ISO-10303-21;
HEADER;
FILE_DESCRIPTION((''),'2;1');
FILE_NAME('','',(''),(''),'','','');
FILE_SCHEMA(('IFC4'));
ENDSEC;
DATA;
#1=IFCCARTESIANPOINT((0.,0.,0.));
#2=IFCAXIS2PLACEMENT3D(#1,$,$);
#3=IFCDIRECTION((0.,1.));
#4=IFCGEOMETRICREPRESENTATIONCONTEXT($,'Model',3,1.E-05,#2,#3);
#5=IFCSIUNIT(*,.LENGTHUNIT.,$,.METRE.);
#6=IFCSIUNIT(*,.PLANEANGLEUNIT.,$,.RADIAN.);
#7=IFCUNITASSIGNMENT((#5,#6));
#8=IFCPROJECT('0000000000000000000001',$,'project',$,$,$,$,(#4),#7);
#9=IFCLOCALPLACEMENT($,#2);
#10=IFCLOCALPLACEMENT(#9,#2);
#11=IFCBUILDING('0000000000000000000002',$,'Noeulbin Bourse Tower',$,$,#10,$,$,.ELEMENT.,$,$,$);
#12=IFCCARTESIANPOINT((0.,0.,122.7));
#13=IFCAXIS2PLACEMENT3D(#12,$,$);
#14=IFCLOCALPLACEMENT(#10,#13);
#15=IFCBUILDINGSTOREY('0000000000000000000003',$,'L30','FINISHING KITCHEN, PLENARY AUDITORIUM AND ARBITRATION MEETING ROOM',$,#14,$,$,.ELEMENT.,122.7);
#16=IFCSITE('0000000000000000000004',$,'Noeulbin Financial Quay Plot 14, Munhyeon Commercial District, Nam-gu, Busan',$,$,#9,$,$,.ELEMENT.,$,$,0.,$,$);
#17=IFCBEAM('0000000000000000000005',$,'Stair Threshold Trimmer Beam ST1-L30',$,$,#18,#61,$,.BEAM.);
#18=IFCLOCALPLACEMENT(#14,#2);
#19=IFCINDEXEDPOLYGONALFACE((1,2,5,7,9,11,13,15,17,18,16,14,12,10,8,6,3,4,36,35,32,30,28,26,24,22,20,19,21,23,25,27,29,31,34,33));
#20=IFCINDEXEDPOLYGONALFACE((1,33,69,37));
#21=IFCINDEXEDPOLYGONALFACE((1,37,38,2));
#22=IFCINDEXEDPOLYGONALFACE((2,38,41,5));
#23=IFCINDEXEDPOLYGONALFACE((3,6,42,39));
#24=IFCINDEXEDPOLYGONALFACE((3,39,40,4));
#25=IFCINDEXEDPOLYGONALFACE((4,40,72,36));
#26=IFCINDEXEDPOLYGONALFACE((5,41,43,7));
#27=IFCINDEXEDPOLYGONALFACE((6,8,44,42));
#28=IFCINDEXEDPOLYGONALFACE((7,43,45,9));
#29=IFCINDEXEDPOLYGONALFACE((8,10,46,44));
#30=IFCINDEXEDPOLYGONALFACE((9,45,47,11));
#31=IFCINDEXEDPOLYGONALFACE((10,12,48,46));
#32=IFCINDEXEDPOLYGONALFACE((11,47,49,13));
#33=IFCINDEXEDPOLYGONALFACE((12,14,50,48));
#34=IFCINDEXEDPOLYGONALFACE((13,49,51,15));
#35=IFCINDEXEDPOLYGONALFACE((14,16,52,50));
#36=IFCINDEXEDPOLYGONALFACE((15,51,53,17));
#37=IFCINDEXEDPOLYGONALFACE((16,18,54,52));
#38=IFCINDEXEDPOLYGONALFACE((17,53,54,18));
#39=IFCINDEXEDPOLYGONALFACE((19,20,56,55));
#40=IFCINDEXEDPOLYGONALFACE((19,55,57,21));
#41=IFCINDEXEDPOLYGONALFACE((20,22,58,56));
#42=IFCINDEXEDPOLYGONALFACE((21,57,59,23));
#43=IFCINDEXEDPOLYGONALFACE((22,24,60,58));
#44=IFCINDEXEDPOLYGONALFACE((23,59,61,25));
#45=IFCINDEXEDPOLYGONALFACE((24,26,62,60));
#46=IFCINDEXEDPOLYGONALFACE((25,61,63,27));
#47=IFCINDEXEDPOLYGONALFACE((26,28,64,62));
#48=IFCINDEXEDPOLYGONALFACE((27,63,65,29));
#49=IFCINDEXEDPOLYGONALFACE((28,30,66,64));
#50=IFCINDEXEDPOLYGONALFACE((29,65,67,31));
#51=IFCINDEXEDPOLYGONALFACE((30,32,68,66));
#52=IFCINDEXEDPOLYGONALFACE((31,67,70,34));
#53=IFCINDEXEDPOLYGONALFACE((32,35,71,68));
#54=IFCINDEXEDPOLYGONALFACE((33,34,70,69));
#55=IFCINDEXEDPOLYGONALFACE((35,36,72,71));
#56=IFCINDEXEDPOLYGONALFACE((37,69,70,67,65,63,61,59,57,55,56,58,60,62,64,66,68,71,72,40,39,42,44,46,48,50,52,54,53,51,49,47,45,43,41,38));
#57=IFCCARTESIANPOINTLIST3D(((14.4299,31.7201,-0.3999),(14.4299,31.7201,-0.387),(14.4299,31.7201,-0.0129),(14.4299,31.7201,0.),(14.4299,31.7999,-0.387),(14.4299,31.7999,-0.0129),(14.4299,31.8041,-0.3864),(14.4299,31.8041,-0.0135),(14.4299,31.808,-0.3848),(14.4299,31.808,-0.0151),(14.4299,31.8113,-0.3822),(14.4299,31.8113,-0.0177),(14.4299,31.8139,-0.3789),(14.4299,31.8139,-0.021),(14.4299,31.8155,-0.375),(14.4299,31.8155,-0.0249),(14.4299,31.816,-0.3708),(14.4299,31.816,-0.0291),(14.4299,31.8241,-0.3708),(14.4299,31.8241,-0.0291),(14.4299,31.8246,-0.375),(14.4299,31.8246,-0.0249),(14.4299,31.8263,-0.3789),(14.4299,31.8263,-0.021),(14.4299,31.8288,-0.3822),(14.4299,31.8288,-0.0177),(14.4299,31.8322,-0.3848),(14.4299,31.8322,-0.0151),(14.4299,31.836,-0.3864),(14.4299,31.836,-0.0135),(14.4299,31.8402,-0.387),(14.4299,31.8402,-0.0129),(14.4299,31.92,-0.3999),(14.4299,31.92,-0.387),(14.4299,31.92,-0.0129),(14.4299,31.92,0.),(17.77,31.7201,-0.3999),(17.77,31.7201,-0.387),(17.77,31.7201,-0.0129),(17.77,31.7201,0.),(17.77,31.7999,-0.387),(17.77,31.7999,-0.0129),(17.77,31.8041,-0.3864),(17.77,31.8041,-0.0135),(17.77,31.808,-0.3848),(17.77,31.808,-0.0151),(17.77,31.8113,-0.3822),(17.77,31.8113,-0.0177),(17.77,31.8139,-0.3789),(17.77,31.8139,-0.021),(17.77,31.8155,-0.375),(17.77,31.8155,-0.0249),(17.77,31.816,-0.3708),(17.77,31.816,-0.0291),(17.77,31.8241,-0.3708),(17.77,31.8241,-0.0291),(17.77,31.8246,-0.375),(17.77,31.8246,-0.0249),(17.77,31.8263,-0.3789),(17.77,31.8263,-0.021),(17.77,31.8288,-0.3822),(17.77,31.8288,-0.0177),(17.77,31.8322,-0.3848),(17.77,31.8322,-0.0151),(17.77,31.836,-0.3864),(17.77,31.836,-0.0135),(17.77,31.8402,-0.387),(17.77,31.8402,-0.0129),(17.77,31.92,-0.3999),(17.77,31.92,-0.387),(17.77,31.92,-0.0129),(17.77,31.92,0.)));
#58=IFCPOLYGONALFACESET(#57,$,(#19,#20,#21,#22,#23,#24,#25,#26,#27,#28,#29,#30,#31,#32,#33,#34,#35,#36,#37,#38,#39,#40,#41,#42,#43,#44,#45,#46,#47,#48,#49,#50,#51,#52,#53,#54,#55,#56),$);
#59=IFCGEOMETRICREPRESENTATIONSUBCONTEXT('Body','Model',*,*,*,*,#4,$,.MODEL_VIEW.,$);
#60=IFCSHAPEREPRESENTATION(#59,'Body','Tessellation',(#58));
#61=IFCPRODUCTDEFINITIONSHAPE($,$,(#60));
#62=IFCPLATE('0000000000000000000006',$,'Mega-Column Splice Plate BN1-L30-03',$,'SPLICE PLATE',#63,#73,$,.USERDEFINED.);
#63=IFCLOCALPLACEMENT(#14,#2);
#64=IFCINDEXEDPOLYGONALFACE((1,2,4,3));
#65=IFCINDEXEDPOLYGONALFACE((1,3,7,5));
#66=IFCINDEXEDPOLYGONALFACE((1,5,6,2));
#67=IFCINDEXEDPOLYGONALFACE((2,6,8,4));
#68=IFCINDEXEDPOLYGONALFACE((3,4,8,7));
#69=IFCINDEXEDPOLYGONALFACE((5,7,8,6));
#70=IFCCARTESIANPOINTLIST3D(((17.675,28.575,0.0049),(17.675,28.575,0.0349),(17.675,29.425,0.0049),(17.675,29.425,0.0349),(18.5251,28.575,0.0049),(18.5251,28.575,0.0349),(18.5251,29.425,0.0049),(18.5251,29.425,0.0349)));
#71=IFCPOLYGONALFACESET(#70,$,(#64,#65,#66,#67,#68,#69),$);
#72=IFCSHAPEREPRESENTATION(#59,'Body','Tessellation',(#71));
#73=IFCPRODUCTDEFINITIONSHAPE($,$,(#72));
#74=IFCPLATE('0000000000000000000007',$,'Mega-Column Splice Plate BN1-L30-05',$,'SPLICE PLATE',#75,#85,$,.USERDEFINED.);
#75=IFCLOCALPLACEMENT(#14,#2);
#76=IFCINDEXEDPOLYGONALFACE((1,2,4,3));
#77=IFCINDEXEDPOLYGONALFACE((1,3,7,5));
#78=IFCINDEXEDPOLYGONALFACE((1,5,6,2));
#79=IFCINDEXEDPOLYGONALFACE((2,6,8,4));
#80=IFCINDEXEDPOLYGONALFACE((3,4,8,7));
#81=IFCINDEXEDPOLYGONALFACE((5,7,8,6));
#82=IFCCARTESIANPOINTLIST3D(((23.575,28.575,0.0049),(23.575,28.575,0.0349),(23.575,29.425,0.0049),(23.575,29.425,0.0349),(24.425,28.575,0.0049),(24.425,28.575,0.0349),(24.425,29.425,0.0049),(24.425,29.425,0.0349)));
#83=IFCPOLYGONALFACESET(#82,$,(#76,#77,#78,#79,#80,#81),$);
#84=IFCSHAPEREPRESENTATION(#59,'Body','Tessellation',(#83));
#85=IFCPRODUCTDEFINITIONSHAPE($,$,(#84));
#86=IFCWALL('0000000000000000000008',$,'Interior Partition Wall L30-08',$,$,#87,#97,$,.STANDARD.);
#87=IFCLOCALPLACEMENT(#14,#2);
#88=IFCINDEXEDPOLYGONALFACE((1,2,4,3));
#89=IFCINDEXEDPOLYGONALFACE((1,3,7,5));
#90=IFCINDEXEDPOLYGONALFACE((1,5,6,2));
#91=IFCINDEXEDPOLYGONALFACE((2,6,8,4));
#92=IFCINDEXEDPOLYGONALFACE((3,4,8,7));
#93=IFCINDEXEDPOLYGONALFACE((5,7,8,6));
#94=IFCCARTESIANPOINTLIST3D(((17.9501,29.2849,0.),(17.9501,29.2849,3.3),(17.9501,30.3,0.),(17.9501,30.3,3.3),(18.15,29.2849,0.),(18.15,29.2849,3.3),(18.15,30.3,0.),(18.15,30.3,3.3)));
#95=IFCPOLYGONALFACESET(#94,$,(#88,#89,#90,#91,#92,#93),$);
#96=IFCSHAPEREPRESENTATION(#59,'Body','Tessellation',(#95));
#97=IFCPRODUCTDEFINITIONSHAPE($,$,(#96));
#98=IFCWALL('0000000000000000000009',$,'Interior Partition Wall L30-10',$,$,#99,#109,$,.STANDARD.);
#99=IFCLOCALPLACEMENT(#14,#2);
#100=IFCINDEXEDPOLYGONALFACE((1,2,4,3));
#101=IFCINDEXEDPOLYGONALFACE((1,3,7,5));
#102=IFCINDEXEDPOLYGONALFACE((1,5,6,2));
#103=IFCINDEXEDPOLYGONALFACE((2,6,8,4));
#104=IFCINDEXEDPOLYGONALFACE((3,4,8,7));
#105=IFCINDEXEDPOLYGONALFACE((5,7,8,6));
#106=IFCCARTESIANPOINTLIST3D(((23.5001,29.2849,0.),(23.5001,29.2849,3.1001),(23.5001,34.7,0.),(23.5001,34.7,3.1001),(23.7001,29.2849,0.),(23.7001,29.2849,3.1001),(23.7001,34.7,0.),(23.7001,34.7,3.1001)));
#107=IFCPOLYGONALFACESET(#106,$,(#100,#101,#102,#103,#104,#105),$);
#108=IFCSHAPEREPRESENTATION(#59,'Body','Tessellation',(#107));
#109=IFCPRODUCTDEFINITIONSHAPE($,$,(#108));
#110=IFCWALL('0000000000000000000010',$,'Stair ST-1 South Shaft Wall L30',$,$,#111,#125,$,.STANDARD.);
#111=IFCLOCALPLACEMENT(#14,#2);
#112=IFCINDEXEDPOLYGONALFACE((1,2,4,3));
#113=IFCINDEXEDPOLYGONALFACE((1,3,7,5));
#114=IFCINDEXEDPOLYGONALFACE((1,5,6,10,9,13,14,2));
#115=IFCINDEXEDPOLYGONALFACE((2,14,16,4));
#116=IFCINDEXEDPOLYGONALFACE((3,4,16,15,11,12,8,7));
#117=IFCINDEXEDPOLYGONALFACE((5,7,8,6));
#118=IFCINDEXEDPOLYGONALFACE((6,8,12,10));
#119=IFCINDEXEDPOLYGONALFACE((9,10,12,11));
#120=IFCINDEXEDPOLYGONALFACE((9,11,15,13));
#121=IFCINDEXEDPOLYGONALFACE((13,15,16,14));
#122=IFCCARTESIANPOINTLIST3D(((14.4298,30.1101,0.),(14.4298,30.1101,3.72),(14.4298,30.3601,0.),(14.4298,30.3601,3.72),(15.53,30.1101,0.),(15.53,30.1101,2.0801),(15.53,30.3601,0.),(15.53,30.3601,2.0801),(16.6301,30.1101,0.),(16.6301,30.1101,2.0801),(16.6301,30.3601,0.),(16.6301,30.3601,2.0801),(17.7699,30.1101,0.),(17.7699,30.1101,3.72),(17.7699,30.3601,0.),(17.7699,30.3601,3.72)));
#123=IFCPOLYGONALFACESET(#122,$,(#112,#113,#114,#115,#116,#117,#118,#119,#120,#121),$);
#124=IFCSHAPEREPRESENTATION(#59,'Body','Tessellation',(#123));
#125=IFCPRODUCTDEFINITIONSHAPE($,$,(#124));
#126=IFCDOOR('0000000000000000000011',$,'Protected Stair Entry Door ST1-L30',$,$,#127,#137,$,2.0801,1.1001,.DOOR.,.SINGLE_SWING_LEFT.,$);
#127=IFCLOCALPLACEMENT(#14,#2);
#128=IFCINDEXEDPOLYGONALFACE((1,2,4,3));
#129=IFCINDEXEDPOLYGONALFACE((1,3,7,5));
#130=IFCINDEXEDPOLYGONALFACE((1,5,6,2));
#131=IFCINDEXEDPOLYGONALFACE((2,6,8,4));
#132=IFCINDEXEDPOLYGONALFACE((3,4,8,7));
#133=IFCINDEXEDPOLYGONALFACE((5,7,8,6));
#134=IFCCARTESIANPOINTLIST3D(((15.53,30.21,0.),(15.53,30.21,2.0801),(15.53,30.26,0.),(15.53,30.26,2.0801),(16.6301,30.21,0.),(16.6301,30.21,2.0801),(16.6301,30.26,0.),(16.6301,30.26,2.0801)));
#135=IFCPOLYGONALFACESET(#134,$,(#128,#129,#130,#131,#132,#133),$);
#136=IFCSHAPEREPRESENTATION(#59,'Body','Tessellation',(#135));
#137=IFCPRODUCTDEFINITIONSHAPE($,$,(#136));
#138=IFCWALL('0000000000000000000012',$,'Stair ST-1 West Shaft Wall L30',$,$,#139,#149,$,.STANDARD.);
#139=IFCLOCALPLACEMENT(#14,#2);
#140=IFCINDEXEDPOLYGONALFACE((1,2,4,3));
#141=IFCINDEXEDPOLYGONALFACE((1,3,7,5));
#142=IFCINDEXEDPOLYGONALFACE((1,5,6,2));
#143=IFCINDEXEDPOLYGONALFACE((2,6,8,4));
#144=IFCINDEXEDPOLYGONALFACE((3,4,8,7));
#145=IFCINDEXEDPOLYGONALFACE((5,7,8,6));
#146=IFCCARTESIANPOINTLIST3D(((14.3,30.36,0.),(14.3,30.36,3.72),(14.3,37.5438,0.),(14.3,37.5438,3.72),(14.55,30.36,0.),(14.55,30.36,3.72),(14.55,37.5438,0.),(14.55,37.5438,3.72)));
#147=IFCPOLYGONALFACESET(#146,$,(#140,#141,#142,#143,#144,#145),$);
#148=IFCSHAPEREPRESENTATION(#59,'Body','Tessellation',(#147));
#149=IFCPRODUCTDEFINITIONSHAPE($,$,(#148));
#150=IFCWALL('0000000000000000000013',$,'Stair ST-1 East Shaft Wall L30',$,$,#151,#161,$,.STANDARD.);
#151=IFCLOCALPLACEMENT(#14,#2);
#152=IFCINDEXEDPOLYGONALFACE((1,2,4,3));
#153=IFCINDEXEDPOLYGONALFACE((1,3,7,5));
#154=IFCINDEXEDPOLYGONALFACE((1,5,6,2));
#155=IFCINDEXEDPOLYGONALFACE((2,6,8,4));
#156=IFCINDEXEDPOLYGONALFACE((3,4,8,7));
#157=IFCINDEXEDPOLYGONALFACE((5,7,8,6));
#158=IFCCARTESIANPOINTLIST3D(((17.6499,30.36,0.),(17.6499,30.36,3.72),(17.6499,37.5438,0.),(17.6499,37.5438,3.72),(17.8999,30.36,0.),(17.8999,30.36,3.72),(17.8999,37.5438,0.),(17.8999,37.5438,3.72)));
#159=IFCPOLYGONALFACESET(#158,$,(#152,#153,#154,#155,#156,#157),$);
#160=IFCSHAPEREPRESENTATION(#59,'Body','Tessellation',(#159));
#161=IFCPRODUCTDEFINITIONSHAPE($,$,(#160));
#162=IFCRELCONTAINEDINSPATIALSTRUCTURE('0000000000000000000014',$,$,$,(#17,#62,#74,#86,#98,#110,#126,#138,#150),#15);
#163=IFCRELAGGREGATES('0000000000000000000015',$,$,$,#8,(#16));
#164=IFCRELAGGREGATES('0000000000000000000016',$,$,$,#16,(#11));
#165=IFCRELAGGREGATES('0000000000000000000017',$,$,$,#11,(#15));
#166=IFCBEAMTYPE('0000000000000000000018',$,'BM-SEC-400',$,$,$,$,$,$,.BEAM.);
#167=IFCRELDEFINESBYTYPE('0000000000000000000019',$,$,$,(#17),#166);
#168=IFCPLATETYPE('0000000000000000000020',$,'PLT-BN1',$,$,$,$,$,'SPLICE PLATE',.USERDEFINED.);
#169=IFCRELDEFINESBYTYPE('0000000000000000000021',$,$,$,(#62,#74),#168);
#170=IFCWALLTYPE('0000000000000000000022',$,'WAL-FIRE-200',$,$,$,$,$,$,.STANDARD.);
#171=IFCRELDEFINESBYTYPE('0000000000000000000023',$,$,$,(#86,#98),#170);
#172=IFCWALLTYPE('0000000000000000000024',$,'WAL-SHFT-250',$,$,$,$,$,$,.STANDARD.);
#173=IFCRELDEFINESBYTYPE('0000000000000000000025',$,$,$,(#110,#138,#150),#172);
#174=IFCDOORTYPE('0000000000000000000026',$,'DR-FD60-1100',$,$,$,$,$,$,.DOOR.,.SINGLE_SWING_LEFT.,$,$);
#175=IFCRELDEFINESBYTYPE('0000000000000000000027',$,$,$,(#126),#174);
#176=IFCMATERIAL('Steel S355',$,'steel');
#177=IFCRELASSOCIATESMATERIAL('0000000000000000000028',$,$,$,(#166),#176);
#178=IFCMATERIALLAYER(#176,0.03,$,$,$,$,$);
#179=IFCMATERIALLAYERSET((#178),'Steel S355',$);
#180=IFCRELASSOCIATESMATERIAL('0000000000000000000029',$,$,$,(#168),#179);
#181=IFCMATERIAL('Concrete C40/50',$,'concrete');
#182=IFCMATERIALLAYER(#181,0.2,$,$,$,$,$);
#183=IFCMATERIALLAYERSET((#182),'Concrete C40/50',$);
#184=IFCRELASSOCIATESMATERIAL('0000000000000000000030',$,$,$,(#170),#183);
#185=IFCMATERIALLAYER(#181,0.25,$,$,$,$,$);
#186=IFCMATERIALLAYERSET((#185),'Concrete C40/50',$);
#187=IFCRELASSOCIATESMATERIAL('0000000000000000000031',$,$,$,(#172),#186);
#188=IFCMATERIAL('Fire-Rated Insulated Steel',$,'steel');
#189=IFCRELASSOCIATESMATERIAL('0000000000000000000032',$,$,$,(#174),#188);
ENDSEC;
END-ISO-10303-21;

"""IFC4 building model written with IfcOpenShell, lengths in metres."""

from ifc_helpers import new_model, si_unit, direction, frame, frame_2d, origin, origin_2d, place, context, subcontext, project, spatial, rectangle, i_section, extrude, material, layer, layer_set, material_profile, profile_set, type_object, element, fill, save


model = new_model("IFC4")

# Units and contexts
model_context = context("Model", 3, precision=1e-05, world=origin(), true_north=direction((0.0, 1.0)))
body_context = subcontext(model_context, "Body", "Model", "MODEL_VIEW")
ifc_project = project(units=[si_unit("LENGTHUNIT", "METRE"), si_unit("PLANEANGLEUNIT", "RADIAN")], contexts=[model_context])

# Site, building, storey
site_placement = place(None, origin())
site = spatial("IfcSite", under=ifc_project, at=site_placement, Name="Noeulbin Financial Quay Plot 14, Munhyeon Commercial District, Nam-gu, Busan", CompositionType="ELEMENT", RefElevation=0.0)
building_placement = place(site_placement, origin())
building = spatial("IfcBuilding", under=site, at=building_placement, Name="Noeulbin Bourse Tower", CompositionType="ELEMENT")
storey_placement = place(building_placement, frame((0.0, 0.0, 122.7)))
storey = spatial("IfcBuildingStorey", under=building, at=storey_placement, Name="L30", Description="FINISHING KITCHEN, PLENARY AUDITORIUM AND ARBITRATION MEETING ROOM", CompositionType="ELEMENT", Elevation=122.7)

# Beam
ifc_material_1 = material(Name="Steel S355", Category="steel")
ifc_material_profile_1 = material_profile(ifc_material_1, i_section(OverallWidth=0.2, OverallDepth=0.3999, WebThickness=0.0081, FlangeThickness=0.0129, FilletRadius=0.0161, at=origin_2d()), Name="H-400x200x8x13", Category="LoadBearing")
ifc_profile_set_1 = profile_set([ifc_material_profile_1], Name="Steel S355")
beam_type = type_object("IfcBeamType", Name="BM-SEC-400", PredefinedType="BEAM", material=ifc_profile_set_1)
beam_placement = place(storey_placement, frame((14.4299, 31.8201, -0.2), z_axis=(1.0, 0.0, 0.0), x_axis=(0.0, 1.0, 0.0)))
element("IfcBeam", 1, at=beam_placement, inside=storey, type_object=beam_type, Name="Stair Threshold Trimmer Beam ST1-L30", PredefinedType="BEAM", context=body_context, shape_type="SweptSolid", body=[
    extrude(i_section(OverallWidth=0.2, OverallDepth=0.3999, WebThickness=0.0081, FlangeThickness=0.0129, FilletRadius=0.0161, at=origin_2d()), origin(), (0.0, 0.0, 1.0), 3.3401),
])

# Plates
ifc_layer_1 = layer(ifc_material_1, 0.03)
ifc_layer_set_1 = layer_set([ifc_layer_1], Name="Steel S355")
plate_type = type_object("IfcPlateType", Name="PLT-BN1", ElementType="SPLICE PLATE", PredefinedType="USERDEFINED", material=ifc_layer_set_1)
for number, where, z_axis, x_axis, name in (
    (2, (18.1001, 29.0, 0.0049), (0.0, 0.0, 1.0), (1.0, 0.0, 0.0), "Mega-Column Splice Plate BN1-L30-03"),
    (3, (24.0, 29.0, 0.0049), (0.0, 0.0, 1.0), (1.0, 0.0, 0.0), "Mega-Column Splice Plate BN1-L30-05"),
):
    element("IfcPlate", number, at=place(storey_placement, frame(where, z_axis=z_axis, x_axis=x_axis)), inside=storey, type_object=plate_type, Name=name, ObjectType="SPLICE PLATE", PredefinedType="USERDEFINED", context=body_context, shape_type="SweptSolid", body=[
        extrude(rectangle(XDim=0.8501, YDim=0.8501, at=origin_2d()), origin(), (0.0, 0.0, 1.0), 0.03),
    ])

# Walls
ifc_material_2 = material(Name="Concrete C40/50", Category="concrete")
ifc_layer_2 = layer(ifc_material_2, 0.2)
ifc_layer_set_2 = layer_set([ifc_layer_2], Name="Concrete C40/50")
wall_type_1 = type_object("IfcWallType", Name="WAL-FIRE-200", PredefinedType="STANDARD", material=ifc_layer_set_2)
wall_1_placement = place(storey_placement, frame((18.05, 29.2849, 0.0), z_axis=(0.0, 0.0, 1.0), x_axis=(0.0, 1.0, 0.0)))
element("IfcWall", 4, at=wall_1_placement, inside=storey, type_object=wall_type_1, Name="Interior Partition Wall L30-08", PredefinedType="STANDARD", context=body_context, shape_type="SweptSolid", body=[
    extrude(rectangle(XDim=1.0151, YDim=0.2, at=frame_2d((0.5076, 0.0))), origin(), (0.0, 0.0, 1.0), 3.3),
])
wall_2_placement = place(storey_placement, frame((23.6001, 29.2849, 0.0), z_axis=(0.0, 0.0, 1.0), x_axis=(0.0, 1.0, 0.0)))
element("IfcWall", 5, at=wall_2_placement, inside=storey, type_object=wall_type_1, Name="Interior Partition Wall L30-10", PredefinedType="STANDARD", context=body_context, shape_type="SweptSolid", body=[
    extrude(rectangle(XDim=5.415, YDim=0.2, at=frame_2d((2.7075, 0.0))), origin(), (0.0, 0.0, 1.0), 3.1001),
])

# Wall, opening, door
ifc_layer_3 = layer(ifc_material_2, 0.25)
ifc_layer_set_3 = layer_set([ifc_layer_3], Name="Concrete C40/50")
wall_type_2 = type_object("IfcWallType", Name="WAL-SHFT-250", PredefinedType="STANDARD", material=ifc_layer_set_3)
wall_3_placement = place(storey_placement, frame((14.4299, 30.2351, 0.0), z_axis=(0.0, 0.0, 1.0), x_axis=(1.0, 0.0, 0.0)))
wall_3 = element("IfcWall", 6, at=wall_3_placement, inside=storey, type_object=wall_type_2, Name="Stair ST-1 South Shaft Wall L30", PredefinedType="STANDARD", context=body_context, shape_type="SweptSolid", body=[
    extrude(rectangle(XDim=3.3401, YDim=0.25, at=frame_2d((1.6699, 0.0))), origin(), (0.0, 0.0, 1.0), 3.72),
])
opening_placement = place(wall_3_placement, frame((1.1001, 0.0, 0.0)))
opening = element("IfcOpeningElement", 7, at=opening_placement, cuts=wall_3, PredefinedType="OPENING", context=body_context, shape_type="SweptSolid", body=[
    extrude(rectangle(XDim=1.1001, YDim=2.0801, at=frame_2d((0.55, 1.04))), frame((0.0, 0.135, 0.0), z_axis=(0.0, -1.0, 0.0), x_axis=(1.0, 0.0, 0.0)), (0.0, 0.0, 1.0), 0.27),
])
ifc_material_3 = material(Name="Fire-Rated Insulated Steel", Category="steel")
door_type = type_object("IfcDoorType", Name="DR-FD60-1100", OperationType="SINGLE_SWING_LEFT", PredefinedType="DOOR", material=ifc_material_3)
door_placement = place(opening_placement, origin())
door = element("IfcDoor", 8, at=door_placement, inside=storey, type_object=door_type, Name="Protected Stair Entry Door ST1-L30", OperationType="SINGLE_SWING_LEFT", OverallHeight=2.0801, OverallWidth=1.1001, PredefinedType="DOOR", context=body_context, shape_type="SweptSolid", body=[
    extrude(rectangle(XDim=1.1001, YDim=2.0801, at=frame_2d((0.55, 1.04))), frame((0.0, 0.0249, 0.0), z_axis=(0.0, -1.0, 0.0), x_axis=(1.0, 0.0, 0.0)), (0.0, 0.0, 1.0), 0.05),
])
fill(opening, door)

# Walls
for number, where, z_axis, x_axis, name in (
    (9, (14.425, 30.3601, 0.0), (0.0, 0.0, 1.0), (0.0, 1.0, 0.0), "Stair ST-1 West Shaft Wall L30"),
    (10, (17.7749, 30.3601, 0.0), (0.0, 0.0, 1.0), (0.0, 1.0, 0.0), "Stair ST-1 East Shaft Wall L30"),
):
    element("IfcWall", number, at=place(storey_placement, frame(where, z_axis=z_axis, x_axis=x_axis)), inside=storey, type_object=wall_type_2, Name=name, PredefinedType="STANDARD", context=body_context, shape_type="SweptSolid", body=[
        extrude(rectangle(XDim=7.1838, YDim=0.25, at=frame_2d((3.5918, 0.0))), origin(), (0.0, 0.0, 1.0), 3.72),
    ])

save(model, "model.ifc")
